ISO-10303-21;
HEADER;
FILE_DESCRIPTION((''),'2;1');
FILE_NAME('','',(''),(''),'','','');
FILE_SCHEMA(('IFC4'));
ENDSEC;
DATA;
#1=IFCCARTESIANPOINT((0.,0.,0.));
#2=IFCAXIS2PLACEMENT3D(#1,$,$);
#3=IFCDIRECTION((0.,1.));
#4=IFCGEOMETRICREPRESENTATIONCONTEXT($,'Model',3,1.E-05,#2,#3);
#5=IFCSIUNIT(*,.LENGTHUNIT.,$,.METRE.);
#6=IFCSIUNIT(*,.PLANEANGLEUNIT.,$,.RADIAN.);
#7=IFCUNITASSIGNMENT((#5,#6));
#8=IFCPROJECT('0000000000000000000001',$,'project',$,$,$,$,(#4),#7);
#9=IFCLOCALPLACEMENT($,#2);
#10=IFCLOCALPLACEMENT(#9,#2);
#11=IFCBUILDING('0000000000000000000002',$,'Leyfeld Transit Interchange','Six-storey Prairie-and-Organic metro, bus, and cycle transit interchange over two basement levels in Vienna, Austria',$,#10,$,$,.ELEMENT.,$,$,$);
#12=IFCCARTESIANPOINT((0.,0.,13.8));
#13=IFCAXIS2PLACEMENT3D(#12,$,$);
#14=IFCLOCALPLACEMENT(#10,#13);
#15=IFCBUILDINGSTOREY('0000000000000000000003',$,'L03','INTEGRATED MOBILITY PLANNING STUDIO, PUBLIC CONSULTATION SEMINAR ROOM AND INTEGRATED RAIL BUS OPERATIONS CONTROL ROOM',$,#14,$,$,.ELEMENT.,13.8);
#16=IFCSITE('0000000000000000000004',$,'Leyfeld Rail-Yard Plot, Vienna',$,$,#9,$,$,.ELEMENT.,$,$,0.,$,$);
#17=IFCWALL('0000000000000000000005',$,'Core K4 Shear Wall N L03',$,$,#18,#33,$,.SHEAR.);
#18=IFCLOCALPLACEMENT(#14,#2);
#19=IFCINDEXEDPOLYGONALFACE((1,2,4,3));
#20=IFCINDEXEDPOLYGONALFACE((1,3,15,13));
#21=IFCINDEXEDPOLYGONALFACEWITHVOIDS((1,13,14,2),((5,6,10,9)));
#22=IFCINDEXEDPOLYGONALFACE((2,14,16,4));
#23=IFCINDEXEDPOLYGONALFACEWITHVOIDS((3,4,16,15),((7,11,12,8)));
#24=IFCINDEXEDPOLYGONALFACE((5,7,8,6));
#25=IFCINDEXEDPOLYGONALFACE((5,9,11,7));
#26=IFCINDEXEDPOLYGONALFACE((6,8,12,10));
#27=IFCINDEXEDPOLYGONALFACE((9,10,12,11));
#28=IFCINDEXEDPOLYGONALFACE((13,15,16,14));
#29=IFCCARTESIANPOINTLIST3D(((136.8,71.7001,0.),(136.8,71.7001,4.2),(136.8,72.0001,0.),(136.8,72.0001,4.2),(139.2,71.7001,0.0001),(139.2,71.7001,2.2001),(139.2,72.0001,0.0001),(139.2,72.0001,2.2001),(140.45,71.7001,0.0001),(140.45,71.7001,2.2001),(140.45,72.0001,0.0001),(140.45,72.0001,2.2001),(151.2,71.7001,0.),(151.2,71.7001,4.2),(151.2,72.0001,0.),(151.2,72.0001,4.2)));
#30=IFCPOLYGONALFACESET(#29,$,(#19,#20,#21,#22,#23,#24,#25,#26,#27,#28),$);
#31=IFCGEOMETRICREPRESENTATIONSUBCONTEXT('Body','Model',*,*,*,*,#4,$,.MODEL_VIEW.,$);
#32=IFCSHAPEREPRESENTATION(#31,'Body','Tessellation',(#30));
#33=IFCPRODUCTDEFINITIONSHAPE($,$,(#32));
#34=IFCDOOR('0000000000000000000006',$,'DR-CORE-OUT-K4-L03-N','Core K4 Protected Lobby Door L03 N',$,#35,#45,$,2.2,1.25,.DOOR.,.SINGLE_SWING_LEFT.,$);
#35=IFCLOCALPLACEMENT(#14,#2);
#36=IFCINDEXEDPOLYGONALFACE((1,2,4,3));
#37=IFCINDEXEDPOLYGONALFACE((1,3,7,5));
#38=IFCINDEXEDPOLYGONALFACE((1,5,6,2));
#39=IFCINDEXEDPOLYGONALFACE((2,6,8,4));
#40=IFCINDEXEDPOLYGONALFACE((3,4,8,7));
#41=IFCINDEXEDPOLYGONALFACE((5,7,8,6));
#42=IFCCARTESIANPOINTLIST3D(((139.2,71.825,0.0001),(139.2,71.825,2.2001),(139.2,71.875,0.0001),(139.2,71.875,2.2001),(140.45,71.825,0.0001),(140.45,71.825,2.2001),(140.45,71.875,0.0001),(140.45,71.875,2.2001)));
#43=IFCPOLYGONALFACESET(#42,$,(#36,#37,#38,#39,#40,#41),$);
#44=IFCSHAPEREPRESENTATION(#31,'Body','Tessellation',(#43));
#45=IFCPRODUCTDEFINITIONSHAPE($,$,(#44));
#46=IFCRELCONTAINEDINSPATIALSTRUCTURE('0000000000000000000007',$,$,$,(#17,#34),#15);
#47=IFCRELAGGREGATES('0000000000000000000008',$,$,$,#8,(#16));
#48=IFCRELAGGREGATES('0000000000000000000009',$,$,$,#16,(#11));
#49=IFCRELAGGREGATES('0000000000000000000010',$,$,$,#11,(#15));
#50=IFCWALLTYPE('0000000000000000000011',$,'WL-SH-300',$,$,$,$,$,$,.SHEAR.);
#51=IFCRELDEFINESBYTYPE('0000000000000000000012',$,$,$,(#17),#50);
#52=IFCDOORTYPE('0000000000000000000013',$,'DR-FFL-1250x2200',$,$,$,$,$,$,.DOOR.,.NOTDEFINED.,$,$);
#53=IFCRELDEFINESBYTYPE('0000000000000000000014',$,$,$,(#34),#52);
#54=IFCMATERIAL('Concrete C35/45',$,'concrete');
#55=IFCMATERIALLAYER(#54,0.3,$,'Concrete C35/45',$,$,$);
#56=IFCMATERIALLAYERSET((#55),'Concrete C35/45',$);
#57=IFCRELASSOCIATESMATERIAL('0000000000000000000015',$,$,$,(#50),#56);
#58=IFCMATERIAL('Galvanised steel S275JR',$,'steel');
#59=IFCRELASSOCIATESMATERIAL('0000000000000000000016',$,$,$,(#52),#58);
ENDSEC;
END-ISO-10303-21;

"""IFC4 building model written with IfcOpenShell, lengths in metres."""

from ifc_helpers import new_model, si_unit, direction, frame, frame_2d, origin, place, context, subcontext, project, spatial, rectangle, extrude, material, layer, layer_set, type_object, element, fill, save


model = new_model("IFC4")

# Units and contexts
model_context = context("Model", 3, precision=1e-05, world=origin(), true_north=direction((0.0, 1.0)))
body_context = subcontext(model_context, "Body", "Model", "MODEL_VIEW")
ifc_project = project(units=[si_unit("LENGTHUNIT", "METRE"), si_unit("PLANEANGLEUNIT", "RADIAN")], contexts=[model_context])

# Site, building, storey
site_placement = place(None, origin())
site = spatial("IfcSite", under=ifc_project, at=site_placement, Name="Leyfeld Rail-Yard Plot, Vienna", CompositionType="ELEMENT", RefElevation=0.0)
building_placement = place(site_placement, origin())
building = spatial("IfcBuilding", under=site, at=building_placement, Name="Leyfeld Transit Interchange", Description="Six-storey Prairie-and-Organic metro, bus, and cycle transit interchange over two basement levels in Vienna, Austria", CompositionType="ELEMENT")
storey_placement = place(building_placement, frame((0.0, 0.0, 13.8)))
storey = spatial("IfcBuildingStorey", under=building, at=storey_placement, Name="L03", Description="INTEGRATED MOBILITY PLANNING STUDIO, PUBLIC CONSULTATION SEMINAR ROOM AND INTEGRATED RAIL BUS OPERATIONS CONTROL ROOM", CompositionType="ELEMENT", Elevation=13.8)

# Wall, opening, door
ifc_material_1 = material(Name="Concrete C35/45", Category="concrete")
ifc_layer_1 = layer(ifc_material_1, 0.3, Name="Concrete C35/45")
ifc_layer_set_1 = layer_set([ifc_layer_1], Name="Concrete C35/45")
wall_type = type_object("IfcWallType", Name="WL-SH-300", PredefinedType="SHEAR", material=ifc_layer_set_1)
wall_placement = place(storey_placement, frame((136.8, 71.8501, 0.0), z_axis=(0.0, 0.0, 1.0), x_axis=(1.0, 0.0, 0.0)))
wall = element("IfcWall", 1, at=wall_placement, inside=storey, type_object=wall_type, Name="Core K4 Shear Wall N L03", PredefinedType="SHEAR", context=body_context, shape_type="SweptSolid", body=[
    extrude(rectangle(XDim=14.3999, YDim=0.3, at=frame_2d((7.2, 0.0))), origin(), (0.0, 0.0, 1.0), 4.2),
])
opening_placement = place(wall_placement, frame((2.3999, 0.0, 0.0)))
opening = element("IfcOpeningElement", 2, at=opening_placement, cuts=wall, PredefinedType="OPENING", context=body_context, shape_type="SweptSolid", body=[
    extrude(rectangle(XDim=1.25, YDim=2.2, at=frame_2d((0.625, 1.1001))), frame((0.0, 0.1599, 0.0), z_axis=(0.0, -1.0, 0.0), x_axis=(1.0, 0.0, 0.0)), (0.0, 0.0, 1.0), 0.3201),
])
ifc_material_2 = material(Name="Galvanised steel S275JR", Category="steel")
door_type = type_object("IfcDoorType", Name="DR-FFL-1250x2200", OperationType="NOTDEFINED", PredefinedType="DOOR", material=ifc_material_2)
door_placement = place(opening_placement, origin())
door = element("IfcDoor", 3, at=door_placement, inside=storey, type_object=door_type, Name="DR-CORE-OUT-K4-L03-N", Description="Core K4 Protected Lobby Door L03 N", OperationType="SINGLE_SWING_LEFT", OverallHeight=2.2, OverallWidth=1.25, PredefinedType="DOOR", context=body_context, shape_type="SweptSolid", body=[
    extrude(rectangle(XDim=1.25, YDim=2.2, at=frame_2d((0.625, 1.1001))), frame((0.0, 0.0249, 0.0), z_axis=(0.0, -1.0, 0.0), x_axis=(1.0, 0.0, 0.0)), (0.0, 0.0, 1.0), 0.05),
])
fill(opening, door)

save(model, "model.ifc")
